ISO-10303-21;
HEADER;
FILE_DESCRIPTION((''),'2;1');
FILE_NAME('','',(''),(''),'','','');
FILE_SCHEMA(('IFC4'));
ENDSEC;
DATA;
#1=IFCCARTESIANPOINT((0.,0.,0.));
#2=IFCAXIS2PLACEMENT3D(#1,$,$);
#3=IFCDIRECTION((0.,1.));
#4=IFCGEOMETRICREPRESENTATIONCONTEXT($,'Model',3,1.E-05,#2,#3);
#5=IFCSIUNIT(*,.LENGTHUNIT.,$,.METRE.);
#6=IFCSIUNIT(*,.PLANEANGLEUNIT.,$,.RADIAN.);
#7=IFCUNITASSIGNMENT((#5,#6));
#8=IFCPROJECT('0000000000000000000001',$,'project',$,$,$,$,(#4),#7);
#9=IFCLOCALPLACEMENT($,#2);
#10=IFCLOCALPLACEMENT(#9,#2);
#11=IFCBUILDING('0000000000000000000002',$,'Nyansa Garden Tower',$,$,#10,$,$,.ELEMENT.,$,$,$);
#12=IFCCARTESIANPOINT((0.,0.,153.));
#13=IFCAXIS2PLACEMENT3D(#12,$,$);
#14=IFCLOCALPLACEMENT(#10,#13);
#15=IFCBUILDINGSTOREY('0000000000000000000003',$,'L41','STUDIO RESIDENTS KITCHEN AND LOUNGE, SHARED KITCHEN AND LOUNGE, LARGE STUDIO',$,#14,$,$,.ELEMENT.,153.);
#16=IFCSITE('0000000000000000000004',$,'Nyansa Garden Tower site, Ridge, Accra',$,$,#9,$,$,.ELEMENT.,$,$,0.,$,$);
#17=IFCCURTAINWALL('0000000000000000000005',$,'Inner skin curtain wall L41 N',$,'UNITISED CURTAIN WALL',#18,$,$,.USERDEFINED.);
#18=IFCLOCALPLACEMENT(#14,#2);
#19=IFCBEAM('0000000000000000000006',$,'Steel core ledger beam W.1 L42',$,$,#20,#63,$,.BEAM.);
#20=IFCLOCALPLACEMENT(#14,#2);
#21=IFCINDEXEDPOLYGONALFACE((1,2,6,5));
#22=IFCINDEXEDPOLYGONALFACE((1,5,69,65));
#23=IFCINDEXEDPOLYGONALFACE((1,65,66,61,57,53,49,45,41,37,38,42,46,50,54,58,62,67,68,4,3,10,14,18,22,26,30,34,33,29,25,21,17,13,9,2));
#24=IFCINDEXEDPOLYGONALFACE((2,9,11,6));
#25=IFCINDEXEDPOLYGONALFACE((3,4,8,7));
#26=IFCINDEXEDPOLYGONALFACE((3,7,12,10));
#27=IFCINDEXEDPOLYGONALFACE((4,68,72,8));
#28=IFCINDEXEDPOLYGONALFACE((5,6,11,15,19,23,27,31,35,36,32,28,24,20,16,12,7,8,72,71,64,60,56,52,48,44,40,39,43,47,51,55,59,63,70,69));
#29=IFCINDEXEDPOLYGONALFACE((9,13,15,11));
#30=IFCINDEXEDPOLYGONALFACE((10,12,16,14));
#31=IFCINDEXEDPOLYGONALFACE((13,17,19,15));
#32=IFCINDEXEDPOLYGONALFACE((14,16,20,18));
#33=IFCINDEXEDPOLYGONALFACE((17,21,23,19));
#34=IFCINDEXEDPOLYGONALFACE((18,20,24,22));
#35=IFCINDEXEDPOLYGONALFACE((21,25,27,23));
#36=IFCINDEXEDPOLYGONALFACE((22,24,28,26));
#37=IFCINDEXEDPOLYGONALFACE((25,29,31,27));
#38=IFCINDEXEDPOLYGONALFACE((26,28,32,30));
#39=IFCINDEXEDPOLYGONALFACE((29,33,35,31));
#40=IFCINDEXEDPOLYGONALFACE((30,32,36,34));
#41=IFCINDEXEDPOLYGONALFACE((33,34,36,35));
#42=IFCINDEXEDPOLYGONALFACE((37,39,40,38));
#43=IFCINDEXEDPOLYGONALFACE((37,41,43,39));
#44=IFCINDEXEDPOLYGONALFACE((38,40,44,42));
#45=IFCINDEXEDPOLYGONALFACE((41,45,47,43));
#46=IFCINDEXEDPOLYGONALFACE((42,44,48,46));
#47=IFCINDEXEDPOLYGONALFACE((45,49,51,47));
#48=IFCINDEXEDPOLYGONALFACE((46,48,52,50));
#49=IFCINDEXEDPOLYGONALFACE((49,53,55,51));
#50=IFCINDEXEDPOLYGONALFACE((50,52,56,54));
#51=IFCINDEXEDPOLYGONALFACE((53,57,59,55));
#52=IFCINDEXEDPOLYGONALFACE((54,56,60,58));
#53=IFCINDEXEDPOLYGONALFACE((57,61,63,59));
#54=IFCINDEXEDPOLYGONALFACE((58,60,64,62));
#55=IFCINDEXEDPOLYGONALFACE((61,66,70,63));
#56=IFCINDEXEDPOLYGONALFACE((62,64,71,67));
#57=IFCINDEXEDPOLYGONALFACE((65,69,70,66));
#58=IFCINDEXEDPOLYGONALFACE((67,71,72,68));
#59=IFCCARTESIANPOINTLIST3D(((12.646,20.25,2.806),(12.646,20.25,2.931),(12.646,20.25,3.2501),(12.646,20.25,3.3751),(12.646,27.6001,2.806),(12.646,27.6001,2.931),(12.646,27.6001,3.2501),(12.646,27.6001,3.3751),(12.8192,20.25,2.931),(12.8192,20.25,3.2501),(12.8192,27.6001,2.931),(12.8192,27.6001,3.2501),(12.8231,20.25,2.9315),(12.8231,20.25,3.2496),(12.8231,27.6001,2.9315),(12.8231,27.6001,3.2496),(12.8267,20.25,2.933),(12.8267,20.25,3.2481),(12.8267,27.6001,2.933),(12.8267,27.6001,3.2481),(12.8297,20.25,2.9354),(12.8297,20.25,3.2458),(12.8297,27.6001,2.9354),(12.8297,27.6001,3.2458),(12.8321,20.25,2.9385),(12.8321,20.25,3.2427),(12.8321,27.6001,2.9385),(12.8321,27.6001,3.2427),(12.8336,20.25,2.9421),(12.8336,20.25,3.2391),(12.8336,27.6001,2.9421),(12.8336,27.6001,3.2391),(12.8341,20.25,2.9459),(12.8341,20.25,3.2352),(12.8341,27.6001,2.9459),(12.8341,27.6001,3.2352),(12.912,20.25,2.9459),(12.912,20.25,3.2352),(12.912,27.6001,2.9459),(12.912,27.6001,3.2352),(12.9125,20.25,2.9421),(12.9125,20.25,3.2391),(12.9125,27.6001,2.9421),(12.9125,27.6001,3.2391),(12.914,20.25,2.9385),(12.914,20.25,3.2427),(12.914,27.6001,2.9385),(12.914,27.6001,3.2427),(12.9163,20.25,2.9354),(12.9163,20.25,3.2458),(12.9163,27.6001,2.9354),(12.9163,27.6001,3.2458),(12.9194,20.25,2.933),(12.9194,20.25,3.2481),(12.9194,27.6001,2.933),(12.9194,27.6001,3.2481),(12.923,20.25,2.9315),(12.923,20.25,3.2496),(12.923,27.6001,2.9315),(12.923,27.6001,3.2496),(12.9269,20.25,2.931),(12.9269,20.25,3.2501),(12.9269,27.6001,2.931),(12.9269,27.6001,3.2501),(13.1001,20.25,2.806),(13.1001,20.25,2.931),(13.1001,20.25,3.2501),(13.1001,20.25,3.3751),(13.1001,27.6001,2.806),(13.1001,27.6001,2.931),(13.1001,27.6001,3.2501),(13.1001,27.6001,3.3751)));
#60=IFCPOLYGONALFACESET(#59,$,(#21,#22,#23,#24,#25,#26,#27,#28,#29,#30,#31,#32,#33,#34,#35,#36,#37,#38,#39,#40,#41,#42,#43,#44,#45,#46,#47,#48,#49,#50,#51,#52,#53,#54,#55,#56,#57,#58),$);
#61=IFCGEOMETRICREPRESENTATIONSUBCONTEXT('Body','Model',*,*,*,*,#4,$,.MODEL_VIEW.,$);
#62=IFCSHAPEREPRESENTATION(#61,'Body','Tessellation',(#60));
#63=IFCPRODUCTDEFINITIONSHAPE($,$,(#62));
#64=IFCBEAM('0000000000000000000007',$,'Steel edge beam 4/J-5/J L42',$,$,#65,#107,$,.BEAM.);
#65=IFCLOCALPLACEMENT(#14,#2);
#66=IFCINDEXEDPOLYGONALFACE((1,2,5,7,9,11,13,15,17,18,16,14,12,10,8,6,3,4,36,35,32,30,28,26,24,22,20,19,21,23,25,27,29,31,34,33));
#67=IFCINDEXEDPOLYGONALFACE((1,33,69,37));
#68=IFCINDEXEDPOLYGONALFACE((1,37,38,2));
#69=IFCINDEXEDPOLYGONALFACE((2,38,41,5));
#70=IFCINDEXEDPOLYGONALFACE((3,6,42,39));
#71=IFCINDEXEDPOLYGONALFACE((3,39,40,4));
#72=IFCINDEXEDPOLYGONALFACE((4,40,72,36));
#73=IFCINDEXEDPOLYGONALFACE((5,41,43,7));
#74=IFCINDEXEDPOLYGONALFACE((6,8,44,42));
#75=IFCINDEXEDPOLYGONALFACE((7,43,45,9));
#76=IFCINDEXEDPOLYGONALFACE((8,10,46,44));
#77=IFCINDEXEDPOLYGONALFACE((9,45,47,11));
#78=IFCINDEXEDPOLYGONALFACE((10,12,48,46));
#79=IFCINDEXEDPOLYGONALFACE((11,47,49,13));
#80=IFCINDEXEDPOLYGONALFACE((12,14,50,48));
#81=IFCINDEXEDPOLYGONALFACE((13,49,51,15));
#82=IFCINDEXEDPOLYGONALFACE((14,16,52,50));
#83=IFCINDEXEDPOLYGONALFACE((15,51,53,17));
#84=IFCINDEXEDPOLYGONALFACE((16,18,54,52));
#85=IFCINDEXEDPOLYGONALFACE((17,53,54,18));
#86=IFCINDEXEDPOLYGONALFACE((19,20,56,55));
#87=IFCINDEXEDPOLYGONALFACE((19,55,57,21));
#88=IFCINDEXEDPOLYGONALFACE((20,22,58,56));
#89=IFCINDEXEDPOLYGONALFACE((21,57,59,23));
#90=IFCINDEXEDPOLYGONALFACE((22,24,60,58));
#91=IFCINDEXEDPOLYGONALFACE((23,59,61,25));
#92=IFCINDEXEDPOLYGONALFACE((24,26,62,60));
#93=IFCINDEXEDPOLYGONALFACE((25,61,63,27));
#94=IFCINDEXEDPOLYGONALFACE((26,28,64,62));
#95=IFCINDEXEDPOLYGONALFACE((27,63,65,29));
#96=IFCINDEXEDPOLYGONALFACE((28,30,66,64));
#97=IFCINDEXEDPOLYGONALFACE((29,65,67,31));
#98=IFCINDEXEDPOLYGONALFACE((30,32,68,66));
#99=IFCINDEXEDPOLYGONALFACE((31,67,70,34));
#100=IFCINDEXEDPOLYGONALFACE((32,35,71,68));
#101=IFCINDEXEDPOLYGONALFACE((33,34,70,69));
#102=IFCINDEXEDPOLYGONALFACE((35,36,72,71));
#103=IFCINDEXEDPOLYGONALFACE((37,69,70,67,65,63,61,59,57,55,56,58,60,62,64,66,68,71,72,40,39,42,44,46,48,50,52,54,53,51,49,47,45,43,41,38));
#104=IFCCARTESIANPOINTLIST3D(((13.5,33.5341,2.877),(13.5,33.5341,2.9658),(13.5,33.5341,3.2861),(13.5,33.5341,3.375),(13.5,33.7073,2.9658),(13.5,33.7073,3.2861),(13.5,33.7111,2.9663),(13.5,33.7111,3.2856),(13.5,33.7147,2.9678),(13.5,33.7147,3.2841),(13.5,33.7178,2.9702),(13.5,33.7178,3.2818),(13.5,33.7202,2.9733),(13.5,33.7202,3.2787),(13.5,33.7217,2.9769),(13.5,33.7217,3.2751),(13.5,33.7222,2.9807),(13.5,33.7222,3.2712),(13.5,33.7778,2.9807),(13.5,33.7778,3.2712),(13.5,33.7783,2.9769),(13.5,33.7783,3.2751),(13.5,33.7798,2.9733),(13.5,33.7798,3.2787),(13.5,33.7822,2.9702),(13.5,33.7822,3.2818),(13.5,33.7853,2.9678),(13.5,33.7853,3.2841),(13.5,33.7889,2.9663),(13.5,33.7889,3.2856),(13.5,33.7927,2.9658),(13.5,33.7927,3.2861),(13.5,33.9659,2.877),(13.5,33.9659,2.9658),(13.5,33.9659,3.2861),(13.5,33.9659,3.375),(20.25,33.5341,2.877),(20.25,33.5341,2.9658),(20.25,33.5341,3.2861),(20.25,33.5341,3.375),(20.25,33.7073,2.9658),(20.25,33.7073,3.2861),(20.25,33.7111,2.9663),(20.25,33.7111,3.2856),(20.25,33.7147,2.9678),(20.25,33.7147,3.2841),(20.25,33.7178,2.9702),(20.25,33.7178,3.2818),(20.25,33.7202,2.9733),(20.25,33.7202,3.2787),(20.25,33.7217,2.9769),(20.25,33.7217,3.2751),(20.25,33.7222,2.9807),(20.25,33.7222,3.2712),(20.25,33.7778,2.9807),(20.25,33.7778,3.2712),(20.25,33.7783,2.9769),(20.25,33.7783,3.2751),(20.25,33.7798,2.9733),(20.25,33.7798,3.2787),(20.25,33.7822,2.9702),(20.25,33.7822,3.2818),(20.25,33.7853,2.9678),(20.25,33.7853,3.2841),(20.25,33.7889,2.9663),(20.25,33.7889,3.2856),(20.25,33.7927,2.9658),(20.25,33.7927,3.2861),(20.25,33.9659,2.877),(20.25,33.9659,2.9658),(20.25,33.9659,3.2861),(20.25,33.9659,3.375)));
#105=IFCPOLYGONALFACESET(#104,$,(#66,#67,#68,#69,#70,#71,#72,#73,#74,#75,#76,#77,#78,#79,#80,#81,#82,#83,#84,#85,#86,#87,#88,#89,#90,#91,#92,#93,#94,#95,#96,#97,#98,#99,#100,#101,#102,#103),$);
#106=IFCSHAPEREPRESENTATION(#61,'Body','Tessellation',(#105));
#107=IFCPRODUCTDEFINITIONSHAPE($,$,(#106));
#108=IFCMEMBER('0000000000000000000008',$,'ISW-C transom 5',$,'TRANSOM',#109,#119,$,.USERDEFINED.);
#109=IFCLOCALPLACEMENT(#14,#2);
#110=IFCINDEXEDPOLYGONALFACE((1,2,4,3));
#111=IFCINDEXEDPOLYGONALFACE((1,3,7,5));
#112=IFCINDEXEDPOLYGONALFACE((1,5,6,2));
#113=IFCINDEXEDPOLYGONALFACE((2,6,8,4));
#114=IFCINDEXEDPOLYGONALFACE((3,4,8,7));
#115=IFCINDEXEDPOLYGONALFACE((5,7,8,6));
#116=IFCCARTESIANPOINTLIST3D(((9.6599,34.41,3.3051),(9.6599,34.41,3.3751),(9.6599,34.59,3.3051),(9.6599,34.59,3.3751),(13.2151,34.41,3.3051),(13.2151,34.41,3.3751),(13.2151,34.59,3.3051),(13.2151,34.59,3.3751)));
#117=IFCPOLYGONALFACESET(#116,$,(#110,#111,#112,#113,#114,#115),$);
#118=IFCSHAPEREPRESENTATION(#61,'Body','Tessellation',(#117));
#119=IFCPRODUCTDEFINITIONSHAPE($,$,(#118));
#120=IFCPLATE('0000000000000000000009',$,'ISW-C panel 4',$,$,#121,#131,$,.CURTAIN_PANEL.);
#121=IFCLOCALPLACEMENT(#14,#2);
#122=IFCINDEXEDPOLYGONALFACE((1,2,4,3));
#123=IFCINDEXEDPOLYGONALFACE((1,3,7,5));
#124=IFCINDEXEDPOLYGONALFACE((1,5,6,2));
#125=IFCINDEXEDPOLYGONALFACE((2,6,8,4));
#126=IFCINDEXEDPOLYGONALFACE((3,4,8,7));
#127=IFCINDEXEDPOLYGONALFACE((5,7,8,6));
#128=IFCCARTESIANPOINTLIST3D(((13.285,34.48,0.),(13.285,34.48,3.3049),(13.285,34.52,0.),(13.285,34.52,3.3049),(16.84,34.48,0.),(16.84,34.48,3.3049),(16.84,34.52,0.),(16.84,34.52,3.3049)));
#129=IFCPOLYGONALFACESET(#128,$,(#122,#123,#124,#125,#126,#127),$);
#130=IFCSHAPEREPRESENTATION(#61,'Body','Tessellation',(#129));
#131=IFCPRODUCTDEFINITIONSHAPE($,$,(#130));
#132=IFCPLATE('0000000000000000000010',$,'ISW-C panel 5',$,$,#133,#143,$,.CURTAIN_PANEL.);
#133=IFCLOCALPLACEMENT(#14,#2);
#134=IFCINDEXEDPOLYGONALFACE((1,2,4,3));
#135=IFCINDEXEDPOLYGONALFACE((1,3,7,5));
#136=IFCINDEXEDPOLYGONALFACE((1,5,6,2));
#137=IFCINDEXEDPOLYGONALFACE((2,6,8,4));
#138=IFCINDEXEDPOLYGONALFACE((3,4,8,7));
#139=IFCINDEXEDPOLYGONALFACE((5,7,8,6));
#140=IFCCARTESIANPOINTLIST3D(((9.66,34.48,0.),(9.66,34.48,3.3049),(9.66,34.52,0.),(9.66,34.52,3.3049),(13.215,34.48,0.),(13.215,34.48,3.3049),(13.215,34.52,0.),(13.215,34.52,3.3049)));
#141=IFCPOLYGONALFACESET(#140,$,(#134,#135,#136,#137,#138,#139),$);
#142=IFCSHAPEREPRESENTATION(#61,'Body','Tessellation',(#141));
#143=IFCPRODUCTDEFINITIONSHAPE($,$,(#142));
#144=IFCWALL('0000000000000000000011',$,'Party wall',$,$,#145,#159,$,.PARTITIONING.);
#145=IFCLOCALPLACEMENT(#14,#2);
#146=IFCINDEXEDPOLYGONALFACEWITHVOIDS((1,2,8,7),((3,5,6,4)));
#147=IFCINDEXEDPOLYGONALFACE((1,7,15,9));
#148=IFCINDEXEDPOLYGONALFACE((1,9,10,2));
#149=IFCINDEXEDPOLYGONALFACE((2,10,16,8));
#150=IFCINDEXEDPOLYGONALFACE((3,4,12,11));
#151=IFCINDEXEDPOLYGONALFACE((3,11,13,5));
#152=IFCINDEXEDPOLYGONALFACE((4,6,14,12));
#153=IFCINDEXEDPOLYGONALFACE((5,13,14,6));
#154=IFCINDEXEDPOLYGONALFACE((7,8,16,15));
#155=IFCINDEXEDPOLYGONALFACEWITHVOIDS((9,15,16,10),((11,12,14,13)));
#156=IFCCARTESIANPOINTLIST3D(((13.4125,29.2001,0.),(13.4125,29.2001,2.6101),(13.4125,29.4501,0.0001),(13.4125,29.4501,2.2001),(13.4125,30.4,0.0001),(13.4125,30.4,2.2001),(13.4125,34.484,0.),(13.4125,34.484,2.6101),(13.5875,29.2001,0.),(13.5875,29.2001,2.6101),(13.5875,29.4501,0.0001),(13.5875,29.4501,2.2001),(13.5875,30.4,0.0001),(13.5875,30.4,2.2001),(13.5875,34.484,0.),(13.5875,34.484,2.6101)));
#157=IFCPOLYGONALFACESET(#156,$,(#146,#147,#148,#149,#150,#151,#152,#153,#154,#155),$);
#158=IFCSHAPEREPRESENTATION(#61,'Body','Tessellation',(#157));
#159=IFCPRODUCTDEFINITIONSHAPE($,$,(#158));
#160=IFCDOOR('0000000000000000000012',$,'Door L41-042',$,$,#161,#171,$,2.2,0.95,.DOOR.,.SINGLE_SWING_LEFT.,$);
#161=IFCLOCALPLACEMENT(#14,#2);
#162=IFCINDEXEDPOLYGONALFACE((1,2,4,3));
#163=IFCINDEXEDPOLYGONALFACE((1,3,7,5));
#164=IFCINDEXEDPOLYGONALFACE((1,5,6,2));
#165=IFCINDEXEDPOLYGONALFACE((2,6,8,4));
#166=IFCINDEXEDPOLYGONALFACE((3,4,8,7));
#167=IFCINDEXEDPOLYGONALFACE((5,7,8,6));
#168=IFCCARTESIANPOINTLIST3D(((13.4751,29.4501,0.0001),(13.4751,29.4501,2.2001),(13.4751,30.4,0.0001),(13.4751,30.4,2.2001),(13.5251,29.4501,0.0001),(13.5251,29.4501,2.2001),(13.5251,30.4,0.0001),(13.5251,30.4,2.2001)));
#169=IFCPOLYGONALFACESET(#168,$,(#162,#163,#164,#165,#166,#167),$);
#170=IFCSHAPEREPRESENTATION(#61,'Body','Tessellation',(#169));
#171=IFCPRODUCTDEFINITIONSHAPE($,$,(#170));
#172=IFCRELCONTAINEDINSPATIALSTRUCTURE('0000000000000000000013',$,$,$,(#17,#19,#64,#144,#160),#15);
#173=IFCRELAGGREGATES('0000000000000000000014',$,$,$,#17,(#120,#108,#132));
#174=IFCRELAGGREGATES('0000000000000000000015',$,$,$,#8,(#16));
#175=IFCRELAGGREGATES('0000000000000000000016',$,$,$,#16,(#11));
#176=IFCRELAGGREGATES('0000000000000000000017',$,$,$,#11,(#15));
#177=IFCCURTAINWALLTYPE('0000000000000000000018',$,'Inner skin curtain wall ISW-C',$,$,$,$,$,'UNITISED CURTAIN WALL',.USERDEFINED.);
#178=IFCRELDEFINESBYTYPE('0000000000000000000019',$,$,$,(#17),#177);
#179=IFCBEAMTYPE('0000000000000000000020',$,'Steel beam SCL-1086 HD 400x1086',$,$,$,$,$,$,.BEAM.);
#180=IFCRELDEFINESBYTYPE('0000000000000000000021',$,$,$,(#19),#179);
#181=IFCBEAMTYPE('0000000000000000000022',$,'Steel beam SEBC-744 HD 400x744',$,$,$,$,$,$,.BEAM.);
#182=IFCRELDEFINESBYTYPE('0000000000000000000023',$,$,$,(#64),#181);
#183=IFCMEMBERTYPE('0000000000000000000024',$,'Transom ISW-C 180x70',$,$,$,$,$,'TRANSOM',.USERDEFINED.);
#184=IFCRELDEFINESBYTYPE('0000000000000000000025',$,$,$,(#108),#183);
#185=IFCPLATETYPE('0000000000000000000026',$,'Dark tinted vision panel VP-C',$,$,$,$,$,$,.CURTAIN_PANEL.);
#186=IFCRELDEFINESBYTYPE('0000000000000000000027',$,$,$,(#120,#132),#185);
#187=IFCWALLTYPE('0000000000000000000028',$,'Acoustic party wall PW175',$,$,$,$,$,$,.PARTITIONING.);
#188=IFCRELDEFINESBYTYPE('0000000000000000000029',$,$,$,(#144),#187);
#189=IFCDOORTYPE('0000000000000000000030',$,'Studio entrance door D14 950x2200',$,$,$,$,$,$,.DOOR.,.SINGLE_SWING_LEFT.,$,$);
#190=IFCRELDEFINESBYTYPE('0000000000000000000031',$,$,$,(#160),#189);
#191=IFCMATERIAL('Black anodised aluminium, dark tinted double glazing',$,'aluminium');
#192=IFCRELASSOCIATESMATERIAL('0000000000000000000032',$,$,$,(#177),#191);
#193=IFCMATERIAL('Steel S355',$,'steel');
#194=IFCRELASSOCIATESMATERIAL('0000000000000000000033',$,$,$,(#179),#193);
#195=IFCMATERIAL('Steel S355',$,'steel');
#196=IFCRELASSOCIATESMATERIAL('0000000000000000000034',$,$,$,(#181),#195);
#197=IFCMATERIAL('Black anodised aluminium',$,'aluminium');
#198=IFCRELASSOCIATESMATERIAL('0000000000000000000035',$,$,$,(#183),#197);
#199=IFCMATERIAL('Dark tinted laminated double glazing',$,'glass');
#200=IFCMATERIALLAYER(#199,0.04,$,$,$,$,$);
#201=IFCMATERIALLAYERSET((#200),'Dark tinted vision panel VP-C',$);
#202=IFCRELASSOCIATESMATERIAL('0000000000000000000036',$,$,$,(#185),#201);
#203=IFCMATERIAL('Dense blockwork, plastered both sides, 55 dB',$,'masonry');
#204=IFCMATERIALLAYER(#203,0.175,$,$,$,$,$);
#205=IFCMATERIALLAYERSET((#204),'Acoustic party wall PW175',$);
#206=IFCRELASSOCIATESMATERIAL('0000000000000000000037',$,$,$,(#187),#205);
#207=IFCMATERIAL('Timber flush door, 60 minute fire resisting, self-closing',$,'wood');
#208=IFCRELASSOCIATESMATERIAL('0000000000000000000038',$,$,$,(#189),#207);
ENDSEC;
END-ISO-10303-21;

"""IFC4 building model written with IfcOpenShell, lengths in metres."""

from ifc_helpers import new_model, si_unit, direction, frame, frame_2d, origin, origin_2d, place, context, subcontext, project, spatial, rectangle, i_section, extrude, material, layer, layer_set, material_profile, profile_set, type_object, element, fill, aggregate, save


model = new_model("IFC4")

# Units and contexts
model_context = context("Model", 3, precision=1e-05, world=origin(), true_north=direction((0.0, 1.0)))
body_context = subcontext(model_context, "Body", "Model", "MODEL_VIEW")
ifc_project = project(units=[si_unit("LENGTHUNIT", "METRE"), si_unit("PLANEANGLEUNIT", "RADIAN")], contexts=[model_context])

# Site, building, storey
site_placement = place(None, origin())
site = spatial("IfcSite", under=ifc_project, at=site_placement, Name="Nyansa Garden Tower site, Ridge, Accra", CompositionType="ELEMENT", RefElevation=0.0)
building_placement = place(site_placement, origin())
building = spatial("IfcBuilding", under=site, at=building_placement, Name="Nyansa Garden Tower", CompositionType="ELEMENT")
storey_placement = place(building_placement, frame((0.0, 0.0, 153.0)))
storey = spatial("IfcBuildingStorey", under=building, at=storey_placement, Name="L41", Description="STUDIO RESIDENTS KITCHEN AND LOUNGE, SHARED KITCHEN AND LOUNGE, LARGE STUDIO", CompositionType="ELEMENT", Elevation=153.0)

# Curtain wall
ifc_material_1 = material(Name="Black anodised aluminium, dark tinted double glazing", Category="aluminium")
curtain_wall_type = type_object("IfcCurtainWallType", Name="Inner skin curtain wall ISW-C", ElementType="UNITISED CURTAIN WALL", PredefinedType="USERDEFINED", material=ifc_material_1)
curtain_wall_placement = place(storey_placement, origin())
curtain_wall = element("IfcCurtainWall", 1, at=curtain_wall_placement, inside=storey, type_object=curtain_wall_type, Name="Inner skin curtain wall L41 N", ObjectType="UNITISED CURTAIN WALL", PredefinedType="USERDEFINED")

# Beams
ifc_material_2 = material(Name="Steel S355", Category="steel")
ifc_material_profile_1 = material_profile(ifc_material_2, i_section(OverallWidth=0.4541, OverallDepth=0.5691, WebThickness=0.0779, FlangeThickness=0.125, FilletRadius=0.0149, at=origin_2d()), Name="HD 400x1086")
ifc_profile_set_1 = profile_set([ifc_material_profile_1], Name="Steel S355")
beam_type_1 = type_object("IfcBeamType", Name="Steel beam SCL-1086 HD 400x1086", PredefinedType="BEAM", material=ifc_profile_set_1)
beam_1_placement = place(storey_placement, frame((12.873, 27.6001, 3.0906), z_axis=(0.0, -1.0, 0.0), x_axis=(1.0, 0.0, 0.0)))
element("IfcBeam", 2, at=beam_1_placement, inside=storey, type_object=beam_type_1, Name="Steel core ledger beam W.1 L42", PredefinedType="BEAM", context=body_context, shape_type="SweptSolid", body=[
    extrude(i_section(OverallWidth=0.4541, OverallDepth=0.5691, WebThickness=0.0779, FlangeThickness=0.125, FilletRadius=0.0149, at=origin_2d()), origin(), (0.0, 0.0, 1.0), 7.3501),
])
ifc_material_3 = material(Name="Steel S355", Category="steel")
ifc_material_profile_2 = material_profile(ifc_material_3, i_section(OverallWidth=0.4319, OverallDepth=0.498, WebThickness=0.0557, FlangeThickness=0.0889, FilletRadius=0.0149, at=origin_2d()), Name="HD 400x744")
ifc_profile_set_2 = profile_set([ifc_material_profile_2], Name="Steel S355")
beam_type_2 = type_object("IfcBeamType", Name="Steel beam SEBC-744 HD 400x744", PredefinedType="BEAM", material=ifc_profile_set_2)
beam_2_placement = place(storey_placement, frame((13.5, 33.75, 3.126), z_axis=(1.0, 0.0, 0.0), x_axis=(0.0, 1.0, 0.0)))
element("IfcBeam", 3, at=beam_2_placement, inside=storey, type_object=beam_type_2, Name="Steel edge beam 4/J-5/J L42", PredefinedType="BEAM", context=body_context, shape_type="SweptSolid", body=[
    extrude(i_section(OverallWidth=0.4319, OverallDepth=0.498, WebThickness=0.0557, FlangeThickness=0.0889, FilletRadius=0.0149, at=origin_2d()), origin(), (0.0, 0.0, 1.0), 6.75),
])

# Member
ifc_material_4 = material(Name="Black anodised aluminium", Category="aluminium")
ifc_material_profile_3 = material_profile(ifc_material_4, rectangle(XDim=0.1799, YDim=0.0701, at=origin_2d()), Name="Transom 180x70")
ifc_profile_set_3 = profile_set([ifc_material_profile_3], Name="Black anodised aluminium")
member_type_1 = type_object("IfcMemberType", Name="Transom ISW-C 180x70", ElementType="TRANSOM", PredefinedType="USERDEFINED", material=ifc_profile_set_3)
member_1_placement = place(storey_placement, frame((13.2151, 34.5, 3.3401), z_axis=(-1.0, 0.0, 0.0), x_axis=(0.0, -1.0, 0.0)))
member_1 = element("IfcMember", 4, at=member_1_placement, type_object=member_type_1, Name="ISW-C transom 5", ObjectType="TRANSOM", PredefinedType="USERDEFINED", context=body_context, shape_type="SweptSolid", body=[
    extrude(rectangle(XDim=0.1799, YDim=0.0701, at=origin_2d()), origin(), (0.0, 0.0, 1.0), 3.5552),
])

# Plates
ifc_material_5 = material(Name="Dark tinted laminated double glazing", Category="glass")
ifc_layer_1 = layer(ifc_material_5, 0.04)
ifc_layer_set_1 = layer_set([ifc_layer_1], Name="Dark tinted vision panel VP-C")
plate_type = type_object("IfcPlateType", Name="Dark tinted vision panel VP-C", PredefinedType="CURTAIN_PANEL", material=ifc_layer_set_1)
plate_1_placement = place(storey_placement, frame((15.0625, 34.5, 0.0), z_axis=(0.0, 0.0, 1.0), x_axis=(-1.0, 0.0, 0.0)))
plate_1 = element("IfcPlate", 5, at=plate_1_placement, type_object=plate_type, Name="ISW-C panel 4", PredefinedType="CURTAIN_PANEL", context=body_context, shape_type="SweptSolid", body=[
    extrude(rectangle(XDim=3.5549, YDim=0.04, at=origin_2d()), origin(), (0.0, 0.0, 1.0), 3.3049),
])
plate_2_placement = place(storey_placement, frame((11.4375, 34.5, 0.0), z_axis=(0.0, 0.0, 1.0), x_axis=(-1.0, 0.0, 0.0)))
plate_2 = element("IfcPlate", 6, at=plate_2_placement, type_object=plate_type, Name="ISW-C panel 5", PredefinedType="CURTAIN_PANEL", context=body_context, shape_type="SweptSolid", body=[
    extrude(rectangle(XDim=3.5549, YDim=0.04, at=origin_2d()), origin(), (0.0, 0.0, 1.0), 3.3049),
])
aggregate(curtain_wall, [plate_1, member_1, plate_2])

# Wall, opening, door
ifc_material_6 = material(Name="Dense blockwork, plastered both sides, 55 dB", Category="masonry")
ifc_layer_2 = layer(ifc_material_6, 0.175)
ifc_layer_set_2 = layer_set([ifc_layer_2], Name="Acoustic party wall PW175")
wall_type_1 = type_object("IfcWallType", Name="Acoustic party wall PW175", PredefinedType="PARTITIONING", material=ifc_layer_set_2)
wall_1_placement = place(storey_placement, frame((13.5, 29.2, 0.0), z_axis=(0.0, 0.0, 1.0), x_axis=(0.0, 1.0, 0.0)))
wall_1 = element("IfcWall", 7, at=wall_1_placement, inside=storey, type_object=wall_type_1, Name="Party wall", PredefinedType="PARTITIONING", context=body_context, shape_type="SweptSolid", body=[
    extrude(rectangle(XDim=5.2839, YDim=0.175, at=frame_2d((2.6421, 0.0))), origin(), (0.0, 0.0, 1.0), 2.6101),
])
opening_1_placement = place(wall_1_placement, frame((0.25, 0.0, 0.0)))
opening_1 = element("IfcOpeningElement", 8, at=opening_1_placement, cuts=wall_1, PredefinedType="OPENING", context=body_context, shape_type="SweptSolid", body=[
    extrude(rectangle(XDim=0.95, YDim=2.2, at=frame_2d((0.4751, 1.1001))), frame((0.0, 0.0974, 0.0), z_axis=(0.0, -1.0, 0.0), x_axis=(1.0, 0.0, 0.0)), (0.0, 0.0, 1.0), 0.1951),
])
ifc_material_7 = material(Name="Timber flush door, 60 minute fire resisting, self-closing", Category="wood")
door_type_1 = type_object("IfcDoorType", Name="Studio entrance door D14 950x2200", OperationType="SINGLE_SWING_LEFT", PredefinedType="DOOR", material=ifc_material_7)
door_1_placement = place(opening_1_placement, origin())
door_1 = element("IfcDoor", 9, at=door_1_placement, inside=storey, type_object=door_type_1, Name="Door L41-042", OperationType="SINGLE_SWING_LEFT", OverallHeight=2.2, OverallWidth=0.95, PredefinedType="DOOR", context=body_context, shape_type="SweptSolid", body=[
    extrude(rectangle(XDim=0.95, YDim=2.2, at=frame_2d((0.4751, 1.1001))), frame((0.0, 0.0249, 0.0), z_axis=(0.0, -1.0, 0.0), x_axis=(1.0, 0.0, 0.0)), (0.0, 0.0, 1.0), 0.05),
])
fill(opening_1, door_1)

save(model, "model.ifc")
